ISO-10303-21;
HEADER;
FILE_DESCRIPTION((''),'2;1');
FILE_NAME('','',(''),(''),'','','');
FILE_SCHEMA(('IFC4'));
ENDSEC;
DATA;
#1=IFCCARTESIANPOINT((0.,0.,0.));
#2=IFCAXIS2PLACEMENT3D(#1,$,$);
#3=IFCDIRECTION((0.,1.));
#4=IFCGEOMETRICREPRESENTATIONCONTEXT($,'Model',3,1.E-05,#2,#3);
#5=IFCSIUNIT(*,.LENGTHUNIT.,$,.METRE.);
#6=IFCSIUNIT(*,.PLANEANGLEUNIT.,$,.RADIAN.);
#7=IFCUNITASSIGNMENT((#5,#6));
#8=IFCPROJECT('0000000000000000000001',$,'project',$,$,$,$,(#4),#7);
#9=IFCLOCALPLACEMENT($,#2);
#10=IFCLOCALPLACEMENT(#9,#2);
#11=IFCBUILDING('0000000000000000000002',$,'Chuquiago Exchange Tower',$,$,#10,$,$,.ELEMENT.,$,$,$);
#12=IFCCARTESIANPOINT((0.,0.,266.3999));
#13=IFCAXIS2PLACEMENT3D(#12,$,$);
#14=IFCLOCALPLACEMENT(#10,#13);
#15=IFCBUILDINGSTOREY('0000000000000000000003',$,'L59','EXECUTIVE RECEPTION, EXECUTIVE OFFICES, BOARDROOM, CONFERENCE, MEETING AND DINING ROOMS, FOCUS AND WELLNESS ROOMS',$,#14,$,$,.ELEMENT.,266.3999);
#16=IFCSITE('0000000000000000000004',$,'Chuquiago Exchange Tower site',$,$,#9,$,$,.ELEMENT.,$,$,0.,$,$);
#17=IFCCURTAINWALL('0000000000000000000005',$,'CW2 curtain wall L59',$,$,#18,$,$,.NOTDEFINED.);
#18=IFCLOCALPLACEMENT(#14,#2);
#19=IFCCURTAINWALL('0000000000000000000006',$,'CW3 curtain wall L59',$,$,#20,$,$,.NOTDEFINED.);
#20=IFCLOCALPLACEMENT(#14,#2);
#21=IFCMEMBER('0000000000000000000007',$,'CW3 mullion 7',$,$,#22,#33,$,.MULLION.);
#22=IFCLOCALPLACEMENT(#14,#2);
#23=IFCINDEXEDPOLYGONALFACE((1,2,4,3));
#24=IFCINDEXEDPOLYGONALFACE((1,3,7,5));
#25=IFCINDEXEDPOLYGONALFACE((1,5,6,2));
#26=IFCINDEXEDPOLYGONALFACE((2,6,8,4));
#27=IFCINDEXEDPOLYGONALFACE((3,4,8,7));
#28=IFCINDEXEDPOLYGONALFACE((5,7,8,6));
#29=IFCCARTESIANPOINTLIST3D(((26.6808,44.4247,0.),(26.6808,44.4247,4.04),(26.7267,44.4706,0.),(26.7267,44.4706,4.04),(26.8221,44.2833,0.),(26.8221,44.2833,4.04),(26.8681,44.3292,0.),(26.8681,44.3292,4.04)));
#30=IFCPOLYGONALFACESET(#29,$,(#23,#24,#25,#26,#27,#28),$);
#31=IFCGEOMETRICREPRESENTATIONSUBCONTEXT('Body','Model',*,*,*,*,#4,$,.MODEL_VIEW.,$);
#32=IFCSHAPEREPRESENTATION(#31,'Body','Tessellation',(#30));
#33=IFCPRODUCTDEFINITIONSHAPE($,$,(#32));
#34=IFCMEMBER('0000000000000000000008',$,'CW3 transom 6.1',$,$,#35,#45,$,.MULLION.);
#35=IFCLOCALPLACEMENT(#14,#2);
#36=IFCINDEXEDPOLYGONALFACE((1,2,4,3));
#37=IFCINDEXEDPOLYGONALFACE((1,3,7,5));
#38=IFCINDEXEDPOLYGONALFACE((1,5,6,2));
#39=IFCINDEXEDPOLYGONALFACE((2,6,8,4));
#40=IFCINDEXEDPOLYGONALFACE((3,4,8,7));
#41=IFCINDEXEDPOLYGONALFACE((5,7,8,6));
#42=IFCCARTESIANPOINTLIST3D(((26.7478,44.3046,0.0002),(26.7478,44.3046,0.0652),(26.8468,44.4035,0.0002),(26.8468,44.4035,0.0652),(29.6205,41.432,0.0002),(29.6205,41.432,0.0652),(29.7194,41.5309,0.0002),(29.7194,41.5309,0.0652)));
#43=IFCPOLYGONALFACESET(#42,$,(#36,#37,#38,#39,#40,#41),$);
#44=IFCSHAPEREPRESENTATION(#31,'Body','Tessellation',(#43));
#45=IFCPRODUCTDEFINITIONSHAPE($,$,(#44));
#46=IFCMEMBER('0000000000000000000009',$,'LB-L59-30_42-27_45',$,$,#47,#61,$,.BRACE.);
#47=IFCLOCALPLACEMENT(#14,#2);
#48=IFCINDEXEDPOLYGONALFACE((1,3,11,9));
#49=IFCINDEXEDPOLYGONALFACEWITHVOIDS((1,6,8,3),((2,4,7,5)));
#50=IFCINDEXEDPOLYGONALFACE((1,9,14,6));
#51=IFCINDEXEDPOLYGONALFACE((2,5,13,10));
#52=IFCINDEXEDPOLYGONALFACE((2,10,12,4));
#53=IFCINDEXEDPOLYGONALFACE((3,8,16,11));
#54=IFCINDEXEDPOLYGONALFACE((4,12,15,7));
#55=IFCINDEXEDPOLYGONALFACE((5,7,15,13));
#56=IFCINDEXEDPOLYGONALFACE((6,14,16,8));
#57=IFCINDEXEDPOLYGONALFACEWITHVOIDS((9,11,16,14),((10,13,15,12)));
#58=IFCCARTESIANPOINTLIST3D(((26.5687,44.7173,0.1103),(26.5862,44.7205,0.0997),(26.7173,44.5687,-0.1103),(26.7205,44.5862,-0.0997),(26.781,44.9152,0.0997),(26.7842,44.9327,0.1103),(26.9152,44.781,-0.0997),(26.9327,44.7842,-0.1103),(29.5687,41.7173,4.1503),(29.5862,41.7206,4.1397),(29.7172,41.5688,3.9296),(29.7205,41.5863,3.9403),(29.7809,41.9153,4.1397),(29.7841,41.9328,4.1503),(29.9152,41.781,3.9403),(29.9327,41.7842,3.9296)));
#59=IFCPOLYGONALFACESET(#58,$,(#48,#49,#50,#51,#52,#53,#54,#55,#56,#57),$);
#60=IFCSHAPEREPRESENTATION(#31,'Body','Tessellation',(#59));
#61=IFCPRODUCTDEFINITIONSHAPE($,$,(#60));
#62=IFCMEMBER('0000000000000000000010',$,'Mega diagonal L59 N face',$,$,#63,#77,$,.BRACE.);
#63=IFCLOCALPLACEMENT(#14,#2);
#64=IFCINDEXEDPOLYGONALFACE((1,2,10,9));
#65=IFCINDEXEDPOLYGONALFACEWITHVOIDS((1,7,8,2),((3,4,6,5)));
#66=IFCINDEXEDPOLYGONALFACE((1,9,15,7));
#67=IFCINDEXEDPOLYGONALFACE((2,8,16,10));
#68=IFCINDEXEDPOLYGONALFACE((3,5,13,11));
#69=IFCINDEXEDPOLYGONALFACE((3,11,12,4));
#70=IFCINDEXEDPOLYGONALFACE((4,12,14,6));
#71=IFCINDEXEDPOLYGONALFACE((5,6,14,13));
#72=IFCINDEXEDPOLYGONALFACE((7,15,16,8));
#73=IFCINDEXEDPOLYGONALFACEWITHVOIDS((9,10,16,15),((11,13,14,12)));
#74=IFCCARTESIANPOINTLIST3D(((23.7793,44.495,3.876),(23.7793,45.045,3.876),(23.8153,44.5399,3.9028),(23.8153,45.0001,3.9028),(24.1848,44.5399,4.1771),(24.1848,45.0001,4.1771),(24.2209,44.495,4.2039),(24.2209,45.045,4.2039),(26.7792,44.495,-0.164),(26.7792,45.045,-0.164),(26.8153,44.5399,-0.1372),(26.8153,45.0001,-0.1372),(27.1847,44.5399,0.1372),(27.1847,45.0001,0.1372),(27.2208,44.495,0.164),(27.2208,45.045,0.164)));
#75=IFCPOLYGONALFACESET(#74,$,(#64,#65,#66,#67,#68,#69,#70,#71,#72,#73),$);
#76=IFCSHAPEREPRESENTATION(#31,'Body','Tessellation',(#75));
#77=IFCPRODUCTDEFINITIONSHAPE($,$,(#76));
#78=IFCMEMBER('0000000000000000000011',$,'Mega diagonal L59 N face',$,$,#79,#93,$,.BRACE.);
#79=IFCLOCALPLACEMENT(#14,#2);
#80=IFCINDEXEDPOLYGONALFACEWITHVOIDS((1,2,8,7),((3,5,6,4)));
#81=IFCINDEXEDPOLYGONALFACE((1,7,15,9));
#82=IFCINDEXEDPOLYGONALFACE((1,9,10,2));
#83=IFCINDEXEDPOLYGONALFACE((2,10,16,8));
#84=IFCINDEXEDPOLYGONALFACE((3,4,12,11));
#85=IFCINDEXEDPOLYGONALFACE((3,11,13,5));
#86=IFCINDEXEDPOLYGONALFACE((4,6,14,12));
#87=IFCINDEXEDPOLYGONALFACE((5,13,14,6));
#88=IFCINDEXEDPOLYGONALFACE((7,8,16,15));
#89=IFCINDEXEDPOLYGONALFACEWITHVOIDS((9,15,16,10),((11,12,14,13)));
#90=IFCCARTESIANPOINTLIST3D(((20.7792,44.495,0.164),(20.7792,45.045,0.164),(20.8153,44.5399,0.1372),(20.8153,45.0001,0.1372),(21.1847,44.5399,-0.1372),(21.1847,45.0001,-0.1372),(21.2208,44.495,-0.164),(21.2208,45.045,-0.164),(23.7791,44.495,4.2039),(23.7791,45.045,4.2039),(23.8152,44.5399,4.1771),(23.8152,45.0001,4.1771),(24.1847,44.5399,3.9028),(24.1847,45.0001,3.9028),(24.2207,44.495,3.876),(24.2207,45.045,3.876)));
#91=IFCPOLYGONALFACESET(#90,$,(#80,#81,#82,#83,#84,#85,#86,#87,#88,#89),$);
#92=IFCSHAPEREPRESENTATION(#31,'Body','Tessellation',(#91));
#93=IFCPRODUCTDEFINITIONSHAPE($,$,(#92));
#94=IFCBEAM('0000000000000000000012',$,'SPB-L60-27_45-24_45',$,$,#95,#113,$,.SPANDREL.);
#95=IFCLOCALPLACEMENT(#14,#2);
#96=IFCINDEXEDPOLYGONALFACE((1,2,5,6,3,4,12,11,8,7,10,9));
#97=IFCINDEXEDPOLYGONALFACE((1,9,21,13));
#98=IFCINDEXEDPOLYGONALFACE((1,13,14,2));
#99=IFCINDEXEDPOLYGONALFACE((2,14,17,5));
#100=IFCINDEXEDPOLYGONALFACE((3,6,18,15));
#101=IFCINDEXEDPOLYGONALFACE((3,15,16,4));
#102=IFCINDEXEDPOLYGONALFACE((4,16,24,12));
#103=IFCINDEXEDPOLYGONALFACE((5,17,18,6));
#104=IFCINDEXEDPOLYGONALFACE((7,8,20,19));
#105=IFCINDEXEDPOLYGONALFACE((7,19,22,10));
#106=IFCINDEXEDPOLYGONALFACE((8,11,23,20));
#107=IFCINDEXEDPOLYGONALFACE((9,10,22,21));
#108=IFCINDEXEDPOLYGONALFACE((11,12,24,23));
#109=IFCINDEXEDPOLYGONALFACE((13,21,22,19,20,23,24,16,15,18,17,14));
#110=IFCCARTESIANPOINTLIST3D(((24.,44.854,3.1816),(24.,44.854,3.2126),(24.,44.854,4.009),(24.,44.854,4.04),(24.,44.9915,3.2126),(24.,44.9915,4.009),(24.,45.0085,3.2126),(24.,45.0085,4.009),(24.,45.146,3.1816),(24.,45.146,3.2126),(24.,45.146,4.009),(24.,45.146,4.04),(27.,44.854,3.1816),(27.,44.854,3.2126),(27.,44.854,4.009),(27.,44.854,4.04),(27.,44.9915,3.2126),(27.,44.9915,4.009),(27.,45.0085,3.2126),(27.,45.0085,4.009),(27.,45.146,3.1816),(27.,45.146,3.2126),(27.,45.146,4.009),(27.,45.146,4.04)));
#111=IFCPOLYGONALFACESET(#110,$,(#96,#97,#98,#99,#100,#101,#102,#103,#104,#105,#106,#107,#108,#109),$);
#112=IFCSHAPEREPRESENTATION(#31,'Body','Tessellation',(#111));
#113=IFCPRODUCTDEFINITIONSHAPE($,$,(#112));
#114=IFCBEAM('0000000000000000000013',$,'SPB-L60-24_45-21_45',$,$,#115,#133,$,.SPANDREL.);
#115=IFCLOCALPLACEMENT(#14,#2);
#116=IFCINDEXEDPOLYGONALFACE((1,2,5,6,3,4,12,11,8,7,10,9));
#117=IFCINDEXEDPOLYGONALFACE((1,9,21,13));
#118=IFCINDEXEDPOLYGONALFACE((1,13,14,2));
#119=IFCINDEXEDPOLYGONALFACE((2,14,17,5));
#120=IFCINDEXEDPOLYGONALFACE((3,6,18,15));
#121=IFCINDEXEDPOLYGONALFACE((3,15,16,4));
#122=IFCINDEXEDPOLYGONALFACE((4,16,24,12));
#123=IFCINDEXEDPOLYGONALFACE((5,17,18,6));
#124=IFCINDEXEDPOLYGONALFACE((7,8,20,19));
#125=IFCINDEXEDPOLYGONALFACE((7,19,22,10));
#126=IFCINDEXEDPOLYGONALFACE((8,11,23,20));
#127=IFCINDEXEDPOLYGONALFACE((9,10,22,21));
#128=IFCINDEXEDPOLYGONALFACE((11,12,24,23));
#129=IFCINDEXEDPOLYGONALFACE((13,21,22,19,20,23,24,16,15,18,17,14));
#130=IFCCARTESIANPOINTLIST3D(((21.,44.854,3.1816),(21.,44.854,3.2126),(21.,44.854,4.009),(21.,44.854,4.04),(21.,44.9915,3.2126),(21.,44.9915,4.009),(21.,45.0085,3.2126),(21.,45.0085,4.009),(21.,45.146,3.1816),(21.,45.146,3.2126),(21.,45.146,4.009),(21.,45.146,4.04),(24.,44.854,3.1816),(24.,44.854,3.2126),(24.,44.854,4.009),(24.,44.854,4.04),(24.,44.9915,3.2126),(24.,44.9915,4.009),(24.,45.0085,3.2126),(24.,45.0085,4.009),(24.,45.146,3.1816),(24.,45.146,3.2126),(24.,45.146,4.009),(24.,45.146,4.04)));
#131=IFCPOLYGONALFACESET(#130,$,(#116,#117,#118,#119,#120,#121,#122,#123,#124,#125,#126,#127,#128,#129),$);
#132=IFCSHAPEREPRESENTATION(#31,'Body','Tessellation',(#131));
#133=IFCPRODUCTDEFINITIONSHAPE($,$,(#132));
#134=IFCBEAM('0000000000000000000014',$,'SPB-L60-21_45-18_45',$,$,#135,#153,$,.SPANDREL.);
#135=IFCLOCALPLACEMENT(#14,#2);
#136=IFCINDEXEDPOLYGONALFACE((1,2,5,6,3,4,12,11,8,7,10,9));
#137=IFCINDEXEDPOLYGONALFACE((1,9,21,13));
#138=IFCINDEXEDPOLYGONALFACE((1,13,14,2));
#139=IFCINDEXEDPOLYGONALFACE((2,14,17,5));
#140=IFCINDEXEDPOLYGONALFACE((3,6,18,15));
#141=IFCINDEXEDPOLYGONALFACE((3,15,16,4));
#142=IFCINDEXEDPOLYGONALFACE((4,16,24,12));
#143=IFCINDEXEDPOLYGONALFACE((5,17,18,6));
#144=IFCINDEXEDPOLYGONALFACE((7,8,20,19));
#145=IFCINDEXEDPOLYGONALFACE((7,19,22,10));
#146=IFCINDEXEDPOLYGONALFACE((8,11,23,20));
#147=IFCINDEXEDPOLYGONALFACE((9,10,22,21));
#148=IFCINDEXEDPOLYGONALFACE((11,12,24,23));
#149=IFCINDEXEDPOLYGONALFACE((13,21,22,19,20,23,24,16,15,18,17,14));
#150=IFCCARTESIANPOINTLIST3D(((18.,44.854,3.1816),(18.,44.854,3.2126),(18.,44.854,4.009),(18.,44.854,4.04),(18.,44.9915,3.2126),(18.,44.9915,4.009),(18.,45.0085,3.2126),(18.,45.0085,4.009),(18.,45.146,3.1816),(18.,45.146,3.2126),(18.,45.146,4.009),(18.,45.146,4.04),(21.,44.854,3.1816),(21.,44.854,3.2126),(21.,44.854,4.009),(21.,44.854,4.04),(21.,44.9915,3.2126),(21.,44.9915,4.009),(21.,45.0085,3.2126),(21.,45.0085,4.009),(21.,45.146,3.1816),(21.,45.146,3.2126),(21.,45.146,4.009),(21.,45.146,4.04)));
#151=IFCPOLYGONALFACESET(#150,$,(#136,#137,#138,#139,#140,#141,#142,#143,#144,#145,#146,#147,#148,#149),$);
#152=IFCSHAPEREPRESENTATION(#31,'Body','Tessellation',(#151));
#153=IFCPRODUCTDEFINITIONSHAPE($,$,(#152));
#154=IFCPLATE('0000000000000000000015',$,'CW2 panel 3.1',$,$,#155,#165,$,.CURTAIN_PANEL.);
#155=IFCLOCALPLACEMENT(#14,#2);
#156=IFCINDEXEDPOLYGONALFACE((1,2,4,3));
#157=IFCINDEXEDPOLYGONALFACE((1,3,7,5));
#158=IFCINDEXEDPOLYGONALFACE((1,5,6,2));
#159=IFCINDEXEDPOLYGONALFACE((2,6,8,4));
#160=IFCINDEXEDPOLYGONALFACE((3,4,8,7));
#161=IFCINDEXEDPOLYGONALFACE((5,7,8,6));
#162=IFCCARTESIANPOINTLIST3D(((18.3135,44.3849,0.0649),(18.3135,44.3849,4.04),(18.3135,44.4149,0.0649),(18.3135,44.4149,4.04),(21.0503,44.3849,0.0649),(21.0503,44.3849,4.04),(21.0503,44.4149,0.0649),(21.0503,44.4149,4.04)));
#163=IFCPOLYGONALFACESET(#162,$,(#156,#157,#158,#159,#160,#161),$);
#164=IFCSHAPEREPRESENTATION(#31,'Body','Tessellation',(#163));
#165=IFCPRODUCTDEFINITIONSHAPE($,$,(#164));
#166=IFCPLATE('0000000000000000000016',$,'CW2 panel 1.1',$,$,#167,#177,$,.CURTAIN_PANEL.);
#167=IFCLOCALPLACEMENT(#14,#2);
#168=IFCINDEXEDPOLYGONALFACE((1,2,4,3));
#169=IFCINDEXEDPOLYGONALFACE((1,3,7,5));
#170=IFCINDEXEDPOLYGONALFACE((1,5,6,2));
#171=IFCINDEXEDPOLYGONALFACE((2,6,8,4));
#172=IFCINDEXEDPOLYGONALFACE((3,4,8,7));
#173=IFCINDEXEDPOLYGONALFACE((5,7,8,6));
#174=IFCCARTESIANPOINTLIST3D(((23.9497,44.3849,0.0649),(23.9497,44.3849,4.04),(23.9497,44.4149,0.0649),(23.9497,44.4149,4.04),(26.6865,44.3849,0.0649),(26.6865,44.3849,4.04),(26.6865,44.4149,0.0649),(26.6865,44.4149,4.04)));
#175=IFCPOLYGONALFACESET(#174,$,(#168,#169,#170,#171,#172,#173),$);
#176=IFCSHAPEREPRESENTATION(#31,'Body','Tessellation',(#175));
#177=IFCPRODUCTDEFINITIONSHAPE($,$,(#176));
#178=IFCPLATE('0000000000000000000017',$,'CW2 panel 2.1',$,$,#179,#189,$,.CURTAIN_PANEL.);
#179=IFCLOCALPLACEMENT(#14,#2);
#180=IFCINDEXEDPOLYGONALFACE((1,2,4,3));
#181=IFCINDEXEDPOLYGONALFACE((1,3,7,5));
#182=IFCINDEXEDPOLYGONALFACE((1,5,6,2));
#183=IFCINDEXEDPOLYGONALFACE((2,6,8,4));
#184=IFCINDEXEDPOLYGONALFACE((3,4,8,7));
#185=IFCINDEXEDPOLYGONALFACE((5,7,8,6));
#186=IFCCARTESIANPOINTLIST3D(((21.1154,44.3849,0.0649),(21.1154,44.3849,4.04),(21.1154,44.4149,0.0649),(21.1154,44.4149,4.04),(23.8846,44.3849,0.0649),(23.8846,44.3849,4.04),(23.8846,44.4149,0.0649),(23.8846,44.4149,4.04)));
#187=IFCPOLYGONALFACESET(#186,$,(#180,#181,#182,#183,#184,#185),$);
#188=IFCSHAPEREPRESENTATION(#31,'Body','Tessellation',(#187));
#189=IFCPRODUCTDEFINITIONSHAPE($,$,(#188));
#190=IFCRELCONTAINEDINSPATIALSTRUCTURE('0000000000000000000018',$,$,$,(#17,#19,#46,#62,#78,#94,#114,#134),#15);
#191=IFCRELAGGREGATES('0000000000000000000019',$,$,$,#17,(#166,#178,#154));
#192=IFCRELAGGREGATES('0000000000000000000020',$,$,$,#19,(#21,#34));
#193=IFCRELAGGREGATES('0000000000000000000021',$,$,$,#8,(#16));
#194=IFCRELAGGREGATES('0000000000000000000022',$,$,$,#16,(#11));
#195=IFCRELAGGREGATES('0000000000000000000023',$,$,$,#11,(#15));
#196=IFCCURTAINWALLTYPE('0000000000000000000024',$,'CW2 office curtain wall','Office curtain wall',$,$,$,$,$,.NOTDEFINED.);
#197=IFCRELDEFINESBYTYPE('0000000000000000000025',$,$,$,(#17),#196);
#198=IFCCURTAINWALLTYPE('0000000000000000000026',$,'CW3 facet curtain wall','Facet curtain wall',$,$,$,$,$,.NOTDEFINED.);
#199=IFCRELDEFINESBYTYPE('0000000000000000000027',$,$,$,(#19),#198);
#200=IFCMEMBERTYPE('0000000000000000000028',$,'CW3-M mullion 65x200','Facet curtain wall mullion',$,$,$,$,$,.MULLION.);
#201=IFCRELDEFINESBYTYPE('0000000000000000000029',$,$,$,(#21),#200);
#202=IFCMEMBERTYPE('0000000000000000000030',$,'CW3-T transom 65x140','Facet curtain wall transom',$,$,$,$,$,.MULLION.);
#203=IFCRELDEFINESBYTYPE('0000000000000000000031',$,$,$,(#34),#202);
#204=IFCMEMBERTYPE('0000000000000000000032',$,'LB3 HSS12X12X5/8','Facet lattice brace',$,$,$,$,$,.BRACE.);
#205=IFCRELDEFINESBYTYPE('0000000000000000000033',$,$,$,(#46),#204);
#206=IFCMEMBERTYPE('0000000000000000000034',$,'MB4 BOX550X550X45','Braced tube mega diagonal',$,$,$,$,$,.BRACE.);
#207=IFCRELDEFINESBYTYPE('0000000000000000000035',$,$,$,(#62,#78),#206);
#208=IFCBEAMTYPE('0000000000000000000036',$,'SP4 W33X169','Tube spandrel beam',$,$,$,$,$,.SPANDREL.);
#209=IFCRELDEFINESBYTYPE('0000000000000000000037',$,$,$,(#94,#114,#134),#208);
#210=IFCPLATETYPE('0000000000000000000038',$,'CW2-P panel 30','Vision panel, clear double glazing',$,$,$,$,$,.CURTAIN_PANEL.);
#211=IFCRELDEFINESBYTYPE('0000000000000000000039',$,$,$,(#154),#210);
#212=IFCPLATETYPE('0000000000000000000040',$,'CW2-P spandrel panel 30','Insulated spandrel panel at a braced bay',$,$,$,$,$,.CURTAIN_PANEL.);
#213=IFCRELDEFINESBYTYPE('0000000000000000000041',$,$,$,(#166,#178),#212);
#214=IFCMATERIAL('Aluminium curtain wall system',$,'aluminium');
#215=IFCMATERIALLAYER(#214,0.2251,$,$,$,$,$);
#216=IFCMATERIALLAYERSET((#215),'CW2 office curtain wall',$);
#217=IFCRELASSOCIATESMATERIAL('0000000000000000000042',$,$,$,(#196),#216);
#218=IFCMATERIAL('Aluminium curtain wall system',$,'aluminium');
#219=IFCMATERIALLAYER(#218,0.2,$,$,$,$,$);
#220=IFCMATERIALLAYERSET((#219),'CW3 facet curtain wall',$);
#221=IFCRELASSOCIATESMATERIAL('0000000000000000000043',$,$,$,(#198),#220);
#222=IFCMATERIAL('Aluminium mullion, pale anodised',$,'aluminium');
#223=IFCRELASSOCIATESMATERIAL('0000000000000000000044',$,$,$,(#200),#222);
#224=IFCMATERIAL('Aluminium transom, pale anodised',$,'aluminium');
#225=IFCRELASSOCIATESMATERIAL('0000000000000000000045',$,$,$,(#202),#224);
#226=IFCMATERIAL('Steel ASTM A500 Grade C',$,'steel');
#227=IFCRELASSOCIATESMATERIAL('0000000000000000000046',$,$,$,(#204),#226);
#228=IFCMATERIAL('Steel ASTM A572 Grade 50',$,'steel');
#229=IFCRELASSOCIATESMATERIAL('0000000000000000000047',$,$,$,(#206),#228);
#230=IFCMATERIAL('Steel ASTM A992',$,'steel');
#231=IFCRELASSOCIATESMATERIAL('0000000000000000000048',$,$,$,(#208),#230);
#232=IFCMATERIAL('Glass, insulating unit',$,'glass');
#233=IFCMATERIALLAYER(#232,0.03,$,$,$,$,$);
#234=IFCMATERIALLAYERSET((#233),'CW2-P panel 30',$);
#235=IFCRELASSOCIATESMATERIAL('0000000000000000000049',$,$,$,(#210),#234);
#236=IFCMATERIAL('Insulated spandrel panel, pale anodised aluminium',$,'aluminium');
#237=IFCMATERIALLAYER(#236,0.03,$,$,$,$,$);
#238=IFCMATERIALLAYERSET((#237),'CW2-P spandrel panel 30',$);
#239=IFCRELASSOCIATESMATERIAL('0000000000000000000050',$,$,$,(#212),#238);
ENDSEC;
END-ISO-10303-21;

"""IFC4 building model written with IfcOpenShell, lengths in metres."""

from ifc_helpers import new_model, si_unit, direction, frame, origin, origin_2d, place, context, subcontext, project, spatial, rectangle, hollow_rectangle, i_section, extrude, material, layer, layer_set, material_profile, profile_set, type_object, element, aggregate, save


model = new_model("IFC4")

# Units and contexts
model_context = context("Model", 3, precision=1e-05, world=origin(), true_north=direction((0.0, 1.0)))
body_context = subcontext(model_context, "Body", "Model", "MODEL_VIEW")
ifc_project = project(units=[si_unit("LENGTHUNIT", "METRE"), si_unit("PLANEANGLEUNIT", "RADIAN")], contexts=[model_context])

# Site, building, storey
site_placement = place(None, origin())
site = spatial("IfcSite", under=ifc_project, at=site_placement, Name="Chuquiago Exchange Tower site", CompositionType="ELEMENT", RefElevation=0.0)
building_placement = place(site_placement, origin())
building = spatial("IfcBuilding", under=site, at=building_placement, Name="Chuquiago Exchange Tower", CompositionType="ELEMENT")
storey_placement = place(building_placement, frame((0.0, 0.0, 266.3999)))
storey = spatial("IfcBuildingStorey", under=building, at=storey_placement, Name="L59", Description="EXECUTIVE RECEPTION, EXECUTIVE OFFICES, BOARDROOM, CONFERENCE, MEETING AND DINING ROOMS, FOCUS AND WELLNESS ROOMS", CompositionType="ELEMENT", Elevation=266.3999)

# Curtain walls, members
ifc_material_1 = material(Name="Aluminium curtain wall system", Category="aluminium")
ifc_layer_1 = layer(ifc_material_1, 0.2251)
ifc_layer_set_1 = layer_set([ifc_layer_1], Name="CW2 office curtain wall")
curtain_wall_type_1 = type_object("IfcCurtainWallType", Name="CW2 office curtain wall", Description="Office curtain wall", PredefinedType="NOTDEFINED", material=ifc_layer_set_1)
curtain_wall_1_placement = place(storey_placement, origin())
curtain_wall_1 = element("IfcCurtainWall", 1, at=curtain_wall_1_placement, inside=storey, type_object=curtain_wall_type_1, Name="CW2 curtain wall L59", PredefinedType="NOTDEFINED")
ifc_material_2 = material(Name="Aluminium curtain wall system", Category="aluminium")
ifc_layer_2 = layer(ifc_material_2, 0.2)
ifc_layer_set_2 = layer_set([ifc_layer_2], Name="CW3 facet curtain wall")
curtain_wall_type_2 = type_object("IfcCurtainWallType", Name="CW3 facet curtain wall", Description="Facet curtain wall", PredefinedType="NOTDEFINED", material=ifc_layer_set_2)
curtain_wall_2_placement = place(storey_placement, origin())
curtain_wall_2 = element("IfcCurtainWall", 2, at=curtain_wall_2_placement, inside=storey, type_object=curtain_wall_type_2, Name="CW3 curtain wall L59", PredefinedType="NOTDEFINED")
ifc_material_3 = material(Name="Aluminium mullion, pale anodised", Category="aluminium")
ifc_material_profile_1 = material_profile(ifc_material_3, rectangle(XDim=0.0649, YDim=0.2, at=origin_2d()), Name="AL 65x200")
ifc_profile_set_1 = profile_set([ifc_material_profile_1], Name="Aluminium mullion, pale anodised")
member_type_1 = type_object("IfcMemberType", Name="CW3-M mullion 65x200", Description="Facet curtain wall mullion", PredefinedType="MULLION", material=ifc_profile_set_1)
member_1_placement = place(storey_placement, frame((26.7744, 44.377, 0.0), z_axis=(0.0, 0.0, 1.0), x_axis=(-0.707107, -0.707107, 0.0)))
member_1 = element("IfcMember", 3, at=member_1_placement, type_object=member_type_1, Name="CW3 mullion 7", PredefinedType="MULLION", context=body_context, shape_type="SweptSolid", body=[
    extrude(rectangle(XDim=0.0649, YDim=0.2, at=origin_2d()), origin(), (0.0, 0.0, 1.0), 4.04),
])
ifc_material_4 = material(Name="Aluminium transom, pale anodised", Category="aluminium")
ifc_material_profile_2 = material_profile(ifc_material_4, rectangle(XDim=0.1399, YDim=0.0649, at=origin_2d()), Name="AL 140x65")
ifc_profile_set_2 = profile_set([ifc_material_profile_2], Name="Aluminium transom, pale anodised")
member_type_2 = type_object("IfcMemberType", Name="CW3-T transom 65x140", Description="Facet curtain wall transom", PredefinedType="MULLION", material=ifc_profile_set_2)
member_2_placement = place(storey_placement, frame((29.6699, 41.4814, 0.0327), z_axis=(-0.707107, 0.707107, 0.0), x_axis=(-0.707107, -0.707107, 0.0)))
member_2 = element("IfcMember", 4, at=member_2_placement, type_object=member_type_2, Name="CW3 transom 6.1", PredefinedType="MULLION", context=body_context, shape_type="SweptSolid", body=[
    extrude(rectangle(XDim=0.1399, YDim=0.0649, at=origin_2d()), origin(), (0.0, 0.0, 1.0), 4.0625),
])

# Members
ifc_material_5 = material(Name="Steel ASTM A500 Grade C", Category="steel")
ifc_material_profile_3 = material_profile(ifc_material_5, hollow_rectangle(XDim=0.3047, YDim=0.3047, WallThickness=0.0146, at=origin_2d()), Name="HSS12X12X5/8")
ifc_profile_set_3 = profile_set([ifc_material_profile_3], Name="Steel ASTM A500 Grade C")
member_type_3 = type_object("IfcMemberType", Name="LB3 HSS12X12X5/8", Description="Facet lattice brace", PredefinedType="BRACE", material=ifc_profile_set_3)
member_3_placement = place(storey_placement, frame((26.7507, 44.7507, 0.0), z_axis=(0.512077, -0.512077, 0.689604), x_axis=(0.707107, 0.707107, 0.0)))
element("IfcMember", 5, at=member_3_placement, inside=storey, type_object=member_type_3, Name="LB-L59-30_42-27_45", PredefinedType="BRACE", context=body_context, shape_type="SweptSolid", body=[
    extrude(hollow_rectangle(XDim=0.3047, YDim=0.3047, WallThickness=0.0146, at=origin_2d()), origin(), (0.0, 0.0, 1.0), 5.8584),
])
ifc_material_6 = material(Name="Steel ASTM A572 Grade 50", Category="steel")
ifc_material_profile_4 = material_profile(ifc_material_6, hollow_rectangle(XDim=0.55, YDim=0.55, WallThickness=0.0449, at=origin_2d()), Name="BOX550X550X45")
ifc_profile_set_4 = profile_set([ifc_material_profile_4], Name="Steel ASTM A572 Grade 50")
member_type_4 = type_object("IfcMemberType", Name="MB4 BOX550X550X45", Description="Braced tube mega diagonal", PredefinedType="BRACE", material=ifc_profile_set_4)
for number, where, z_axis, x_axis, name in (
    (6, (27.0, 44.77, 0.0), (-0.596174, 0.0, 0.802855), (0.0, -1.0, 0.0), "Mega diagonal L59 N face"),
    (7, (21.0, 44.77, 0.0), (0.596174, 0.0, 0.802855), (0.0, 1.0, 0.0), "Mega diagonal L59 N face"),
):
    element("IfcMember", number, at=place(storey_placement, frame(where, z_axis=z_axis, x_axis=x_axis)), inside=storey, type_object=member_type_4, Name=name, PredefinedType="BRACE", context=body_context, shape_type="SweptSolid", body=[
        extrude(hollow_rectangle(XDim=0.55, YDim=0.55, WallThickness=0.0449, at=origin_2d()), origin(), (0.0, 0.0, 1.0), 5.032),
    ])

# Beams
ifc_material_7 = material(Name="Steel ASTM A992", Category="steel")
ifc_material_profile_5 = material_profile(ifc_material_7, i_section(OverallWidth=0.292, OverallDepth=0.8584, WebThickness=0.0171, FlangeThickness=0.031, at=origin_2d()), Name="W33X169")
ifc_profile_set_5 = profile_set([ifc_material_profile_5], Name="Steel ASTM A992")
beam_type_1 = type_object("IfcBeamType", Name="SP4 W33X169", Description="Tube spandrel beam", PredefinedType="SPANDREL", material=ifc_profile_set_5)
for number, where, z_axis, x_axis, name in (
    (8, (27.0, 45.0, 3.6108), (-1.0, 0.0, 0.0), (0.0, -1.0, 0.0), "SPB-L60-27_45-24_45"),
    (9, (24.0, 45.0, 3.6108), (-1.0, 0.0, 0.0), (0.0, -1.0, 0.0), "SPB-L60-24_45-21_45"),
    (10, (21.0, 45.0, 3.6108), (-1.0, 0.0, 0.0), (0.0, -1.0, 0.0), "SPB-L60-21_45-18_45"),
):
    element("IfcBeam", number, at=place(storey_placement, frame(where, z_axis=z_axis, x_axis=x_axis)), inside=storey, type_object=beam_type_1, Name=name, PredefinedType="SPANDREL", context=body_context, shape_type="SweptSolid", body=[
        extrude(i_section(OverallWidth=0.292, OverallDepth=0.8584, WebThickness=0.0171, FlangeThickness=0.031, at=origin_2d()), origin(), (0.0, 0.0, 1.0), 3.0),
    ])

# Plates
ifc_material_8 = material(Name="Glass, insulating unit", Category="glass")
ifc_layer_3 = layer(ifc_material_8, 0.03)
ifc_layer_set_3 = layer_set([ifc_layer_3], Name="CW2-P panel 30")
plate_type_1 = type_object("IfcPlateType", Name="CW2-P panel 30", Description="Vision panel, clear double glazing", PredefinedType="CURTAIN_PANEL", material=ifc_layer_set_3)
plate_1_placement = place(storey_placement, frame((19.6819, 44.3999, 0.0649), z_axis=(0.0, 0.0, 1.0), x_axis=(-1.0, 0.0, 0.0)))
plate_1 = element("IfcPlate", 11, at=plate_1_placement, type_object=plate_type_1, Name="CW2 panel 3.1", PredefinedType="CURTAIN_PANEL", context=body_context, shape_type="SweptSolid", body=[
    extrude(rectangle(XDim=2.7368, YDim=0.03, at=origin_2d()), origin(), (0.0, 0.0, 1.0), 3.9751),
])
ifc_material_9 = material(Name="Insulated spandrel panel, pale anodised aluminium", Category="aluminium")
ifc_layer_4 = layer(ifc_material_9, 0.03)
ifc_layer_set_4 = layer_set([ifc_layer_4], Name="CW2-P spandrel panel 30")
plate_type_2 = type_object("IfcPlateType", Name="CW2-P spandrel panel 30", Description="Insulated spandrel panel at a braced bay", PredefinedType="CURTAIN_PANEL", material=ifc_layer_set_4)
plate_2_placement = place(storey_placement, frame((25.3181, 44.3999, 0.0649), z_axis=(0.0, 0.0, 1.0), x_axis=(-1.0, 0.0, 0.0)))
plate_2 = element("IfcPlate", 12, at=plate_2_placement, type_object=plate_type_2, Name="CW2 panel 1.1", PredefinedType="CURTAIN_PANEL", context=body_context, shape_type="SweptSolid", body=[
    extrude(rectangle(XDim=2.7368, YDim=0.03, at=origin_2d()), origin(), (0.0, 0.0, 1.0), 3.9751),
])
plate_3_placement = place(storey_placement, frame((22.5, 44.3999, 0.0649), z_axis=(0.0, 0.0, 1.0), x_axis=(-1.0, 0.0, 0.0)))
plate_3 = element("IfcPlate", 13, at=plate_3_placement, type_object=plate_type_2, Name="CW2 panel 2.1", PredefinedType="CURTAIN_PANEL", context=body_context, shape_type="SweptSolid", body=[
    extrude(rectangle(XDim=2.7693, YDim=0.03, at=origin_2d()), origin(), (0.0, 0.0, 1.0), 3.9751),
])
aggregate(curtain_wall_1, [plate_2, plate_3, plate_1])
aggregate(curtain_wall_2, [member_1, member_2])

save(model, "model.ifc")
